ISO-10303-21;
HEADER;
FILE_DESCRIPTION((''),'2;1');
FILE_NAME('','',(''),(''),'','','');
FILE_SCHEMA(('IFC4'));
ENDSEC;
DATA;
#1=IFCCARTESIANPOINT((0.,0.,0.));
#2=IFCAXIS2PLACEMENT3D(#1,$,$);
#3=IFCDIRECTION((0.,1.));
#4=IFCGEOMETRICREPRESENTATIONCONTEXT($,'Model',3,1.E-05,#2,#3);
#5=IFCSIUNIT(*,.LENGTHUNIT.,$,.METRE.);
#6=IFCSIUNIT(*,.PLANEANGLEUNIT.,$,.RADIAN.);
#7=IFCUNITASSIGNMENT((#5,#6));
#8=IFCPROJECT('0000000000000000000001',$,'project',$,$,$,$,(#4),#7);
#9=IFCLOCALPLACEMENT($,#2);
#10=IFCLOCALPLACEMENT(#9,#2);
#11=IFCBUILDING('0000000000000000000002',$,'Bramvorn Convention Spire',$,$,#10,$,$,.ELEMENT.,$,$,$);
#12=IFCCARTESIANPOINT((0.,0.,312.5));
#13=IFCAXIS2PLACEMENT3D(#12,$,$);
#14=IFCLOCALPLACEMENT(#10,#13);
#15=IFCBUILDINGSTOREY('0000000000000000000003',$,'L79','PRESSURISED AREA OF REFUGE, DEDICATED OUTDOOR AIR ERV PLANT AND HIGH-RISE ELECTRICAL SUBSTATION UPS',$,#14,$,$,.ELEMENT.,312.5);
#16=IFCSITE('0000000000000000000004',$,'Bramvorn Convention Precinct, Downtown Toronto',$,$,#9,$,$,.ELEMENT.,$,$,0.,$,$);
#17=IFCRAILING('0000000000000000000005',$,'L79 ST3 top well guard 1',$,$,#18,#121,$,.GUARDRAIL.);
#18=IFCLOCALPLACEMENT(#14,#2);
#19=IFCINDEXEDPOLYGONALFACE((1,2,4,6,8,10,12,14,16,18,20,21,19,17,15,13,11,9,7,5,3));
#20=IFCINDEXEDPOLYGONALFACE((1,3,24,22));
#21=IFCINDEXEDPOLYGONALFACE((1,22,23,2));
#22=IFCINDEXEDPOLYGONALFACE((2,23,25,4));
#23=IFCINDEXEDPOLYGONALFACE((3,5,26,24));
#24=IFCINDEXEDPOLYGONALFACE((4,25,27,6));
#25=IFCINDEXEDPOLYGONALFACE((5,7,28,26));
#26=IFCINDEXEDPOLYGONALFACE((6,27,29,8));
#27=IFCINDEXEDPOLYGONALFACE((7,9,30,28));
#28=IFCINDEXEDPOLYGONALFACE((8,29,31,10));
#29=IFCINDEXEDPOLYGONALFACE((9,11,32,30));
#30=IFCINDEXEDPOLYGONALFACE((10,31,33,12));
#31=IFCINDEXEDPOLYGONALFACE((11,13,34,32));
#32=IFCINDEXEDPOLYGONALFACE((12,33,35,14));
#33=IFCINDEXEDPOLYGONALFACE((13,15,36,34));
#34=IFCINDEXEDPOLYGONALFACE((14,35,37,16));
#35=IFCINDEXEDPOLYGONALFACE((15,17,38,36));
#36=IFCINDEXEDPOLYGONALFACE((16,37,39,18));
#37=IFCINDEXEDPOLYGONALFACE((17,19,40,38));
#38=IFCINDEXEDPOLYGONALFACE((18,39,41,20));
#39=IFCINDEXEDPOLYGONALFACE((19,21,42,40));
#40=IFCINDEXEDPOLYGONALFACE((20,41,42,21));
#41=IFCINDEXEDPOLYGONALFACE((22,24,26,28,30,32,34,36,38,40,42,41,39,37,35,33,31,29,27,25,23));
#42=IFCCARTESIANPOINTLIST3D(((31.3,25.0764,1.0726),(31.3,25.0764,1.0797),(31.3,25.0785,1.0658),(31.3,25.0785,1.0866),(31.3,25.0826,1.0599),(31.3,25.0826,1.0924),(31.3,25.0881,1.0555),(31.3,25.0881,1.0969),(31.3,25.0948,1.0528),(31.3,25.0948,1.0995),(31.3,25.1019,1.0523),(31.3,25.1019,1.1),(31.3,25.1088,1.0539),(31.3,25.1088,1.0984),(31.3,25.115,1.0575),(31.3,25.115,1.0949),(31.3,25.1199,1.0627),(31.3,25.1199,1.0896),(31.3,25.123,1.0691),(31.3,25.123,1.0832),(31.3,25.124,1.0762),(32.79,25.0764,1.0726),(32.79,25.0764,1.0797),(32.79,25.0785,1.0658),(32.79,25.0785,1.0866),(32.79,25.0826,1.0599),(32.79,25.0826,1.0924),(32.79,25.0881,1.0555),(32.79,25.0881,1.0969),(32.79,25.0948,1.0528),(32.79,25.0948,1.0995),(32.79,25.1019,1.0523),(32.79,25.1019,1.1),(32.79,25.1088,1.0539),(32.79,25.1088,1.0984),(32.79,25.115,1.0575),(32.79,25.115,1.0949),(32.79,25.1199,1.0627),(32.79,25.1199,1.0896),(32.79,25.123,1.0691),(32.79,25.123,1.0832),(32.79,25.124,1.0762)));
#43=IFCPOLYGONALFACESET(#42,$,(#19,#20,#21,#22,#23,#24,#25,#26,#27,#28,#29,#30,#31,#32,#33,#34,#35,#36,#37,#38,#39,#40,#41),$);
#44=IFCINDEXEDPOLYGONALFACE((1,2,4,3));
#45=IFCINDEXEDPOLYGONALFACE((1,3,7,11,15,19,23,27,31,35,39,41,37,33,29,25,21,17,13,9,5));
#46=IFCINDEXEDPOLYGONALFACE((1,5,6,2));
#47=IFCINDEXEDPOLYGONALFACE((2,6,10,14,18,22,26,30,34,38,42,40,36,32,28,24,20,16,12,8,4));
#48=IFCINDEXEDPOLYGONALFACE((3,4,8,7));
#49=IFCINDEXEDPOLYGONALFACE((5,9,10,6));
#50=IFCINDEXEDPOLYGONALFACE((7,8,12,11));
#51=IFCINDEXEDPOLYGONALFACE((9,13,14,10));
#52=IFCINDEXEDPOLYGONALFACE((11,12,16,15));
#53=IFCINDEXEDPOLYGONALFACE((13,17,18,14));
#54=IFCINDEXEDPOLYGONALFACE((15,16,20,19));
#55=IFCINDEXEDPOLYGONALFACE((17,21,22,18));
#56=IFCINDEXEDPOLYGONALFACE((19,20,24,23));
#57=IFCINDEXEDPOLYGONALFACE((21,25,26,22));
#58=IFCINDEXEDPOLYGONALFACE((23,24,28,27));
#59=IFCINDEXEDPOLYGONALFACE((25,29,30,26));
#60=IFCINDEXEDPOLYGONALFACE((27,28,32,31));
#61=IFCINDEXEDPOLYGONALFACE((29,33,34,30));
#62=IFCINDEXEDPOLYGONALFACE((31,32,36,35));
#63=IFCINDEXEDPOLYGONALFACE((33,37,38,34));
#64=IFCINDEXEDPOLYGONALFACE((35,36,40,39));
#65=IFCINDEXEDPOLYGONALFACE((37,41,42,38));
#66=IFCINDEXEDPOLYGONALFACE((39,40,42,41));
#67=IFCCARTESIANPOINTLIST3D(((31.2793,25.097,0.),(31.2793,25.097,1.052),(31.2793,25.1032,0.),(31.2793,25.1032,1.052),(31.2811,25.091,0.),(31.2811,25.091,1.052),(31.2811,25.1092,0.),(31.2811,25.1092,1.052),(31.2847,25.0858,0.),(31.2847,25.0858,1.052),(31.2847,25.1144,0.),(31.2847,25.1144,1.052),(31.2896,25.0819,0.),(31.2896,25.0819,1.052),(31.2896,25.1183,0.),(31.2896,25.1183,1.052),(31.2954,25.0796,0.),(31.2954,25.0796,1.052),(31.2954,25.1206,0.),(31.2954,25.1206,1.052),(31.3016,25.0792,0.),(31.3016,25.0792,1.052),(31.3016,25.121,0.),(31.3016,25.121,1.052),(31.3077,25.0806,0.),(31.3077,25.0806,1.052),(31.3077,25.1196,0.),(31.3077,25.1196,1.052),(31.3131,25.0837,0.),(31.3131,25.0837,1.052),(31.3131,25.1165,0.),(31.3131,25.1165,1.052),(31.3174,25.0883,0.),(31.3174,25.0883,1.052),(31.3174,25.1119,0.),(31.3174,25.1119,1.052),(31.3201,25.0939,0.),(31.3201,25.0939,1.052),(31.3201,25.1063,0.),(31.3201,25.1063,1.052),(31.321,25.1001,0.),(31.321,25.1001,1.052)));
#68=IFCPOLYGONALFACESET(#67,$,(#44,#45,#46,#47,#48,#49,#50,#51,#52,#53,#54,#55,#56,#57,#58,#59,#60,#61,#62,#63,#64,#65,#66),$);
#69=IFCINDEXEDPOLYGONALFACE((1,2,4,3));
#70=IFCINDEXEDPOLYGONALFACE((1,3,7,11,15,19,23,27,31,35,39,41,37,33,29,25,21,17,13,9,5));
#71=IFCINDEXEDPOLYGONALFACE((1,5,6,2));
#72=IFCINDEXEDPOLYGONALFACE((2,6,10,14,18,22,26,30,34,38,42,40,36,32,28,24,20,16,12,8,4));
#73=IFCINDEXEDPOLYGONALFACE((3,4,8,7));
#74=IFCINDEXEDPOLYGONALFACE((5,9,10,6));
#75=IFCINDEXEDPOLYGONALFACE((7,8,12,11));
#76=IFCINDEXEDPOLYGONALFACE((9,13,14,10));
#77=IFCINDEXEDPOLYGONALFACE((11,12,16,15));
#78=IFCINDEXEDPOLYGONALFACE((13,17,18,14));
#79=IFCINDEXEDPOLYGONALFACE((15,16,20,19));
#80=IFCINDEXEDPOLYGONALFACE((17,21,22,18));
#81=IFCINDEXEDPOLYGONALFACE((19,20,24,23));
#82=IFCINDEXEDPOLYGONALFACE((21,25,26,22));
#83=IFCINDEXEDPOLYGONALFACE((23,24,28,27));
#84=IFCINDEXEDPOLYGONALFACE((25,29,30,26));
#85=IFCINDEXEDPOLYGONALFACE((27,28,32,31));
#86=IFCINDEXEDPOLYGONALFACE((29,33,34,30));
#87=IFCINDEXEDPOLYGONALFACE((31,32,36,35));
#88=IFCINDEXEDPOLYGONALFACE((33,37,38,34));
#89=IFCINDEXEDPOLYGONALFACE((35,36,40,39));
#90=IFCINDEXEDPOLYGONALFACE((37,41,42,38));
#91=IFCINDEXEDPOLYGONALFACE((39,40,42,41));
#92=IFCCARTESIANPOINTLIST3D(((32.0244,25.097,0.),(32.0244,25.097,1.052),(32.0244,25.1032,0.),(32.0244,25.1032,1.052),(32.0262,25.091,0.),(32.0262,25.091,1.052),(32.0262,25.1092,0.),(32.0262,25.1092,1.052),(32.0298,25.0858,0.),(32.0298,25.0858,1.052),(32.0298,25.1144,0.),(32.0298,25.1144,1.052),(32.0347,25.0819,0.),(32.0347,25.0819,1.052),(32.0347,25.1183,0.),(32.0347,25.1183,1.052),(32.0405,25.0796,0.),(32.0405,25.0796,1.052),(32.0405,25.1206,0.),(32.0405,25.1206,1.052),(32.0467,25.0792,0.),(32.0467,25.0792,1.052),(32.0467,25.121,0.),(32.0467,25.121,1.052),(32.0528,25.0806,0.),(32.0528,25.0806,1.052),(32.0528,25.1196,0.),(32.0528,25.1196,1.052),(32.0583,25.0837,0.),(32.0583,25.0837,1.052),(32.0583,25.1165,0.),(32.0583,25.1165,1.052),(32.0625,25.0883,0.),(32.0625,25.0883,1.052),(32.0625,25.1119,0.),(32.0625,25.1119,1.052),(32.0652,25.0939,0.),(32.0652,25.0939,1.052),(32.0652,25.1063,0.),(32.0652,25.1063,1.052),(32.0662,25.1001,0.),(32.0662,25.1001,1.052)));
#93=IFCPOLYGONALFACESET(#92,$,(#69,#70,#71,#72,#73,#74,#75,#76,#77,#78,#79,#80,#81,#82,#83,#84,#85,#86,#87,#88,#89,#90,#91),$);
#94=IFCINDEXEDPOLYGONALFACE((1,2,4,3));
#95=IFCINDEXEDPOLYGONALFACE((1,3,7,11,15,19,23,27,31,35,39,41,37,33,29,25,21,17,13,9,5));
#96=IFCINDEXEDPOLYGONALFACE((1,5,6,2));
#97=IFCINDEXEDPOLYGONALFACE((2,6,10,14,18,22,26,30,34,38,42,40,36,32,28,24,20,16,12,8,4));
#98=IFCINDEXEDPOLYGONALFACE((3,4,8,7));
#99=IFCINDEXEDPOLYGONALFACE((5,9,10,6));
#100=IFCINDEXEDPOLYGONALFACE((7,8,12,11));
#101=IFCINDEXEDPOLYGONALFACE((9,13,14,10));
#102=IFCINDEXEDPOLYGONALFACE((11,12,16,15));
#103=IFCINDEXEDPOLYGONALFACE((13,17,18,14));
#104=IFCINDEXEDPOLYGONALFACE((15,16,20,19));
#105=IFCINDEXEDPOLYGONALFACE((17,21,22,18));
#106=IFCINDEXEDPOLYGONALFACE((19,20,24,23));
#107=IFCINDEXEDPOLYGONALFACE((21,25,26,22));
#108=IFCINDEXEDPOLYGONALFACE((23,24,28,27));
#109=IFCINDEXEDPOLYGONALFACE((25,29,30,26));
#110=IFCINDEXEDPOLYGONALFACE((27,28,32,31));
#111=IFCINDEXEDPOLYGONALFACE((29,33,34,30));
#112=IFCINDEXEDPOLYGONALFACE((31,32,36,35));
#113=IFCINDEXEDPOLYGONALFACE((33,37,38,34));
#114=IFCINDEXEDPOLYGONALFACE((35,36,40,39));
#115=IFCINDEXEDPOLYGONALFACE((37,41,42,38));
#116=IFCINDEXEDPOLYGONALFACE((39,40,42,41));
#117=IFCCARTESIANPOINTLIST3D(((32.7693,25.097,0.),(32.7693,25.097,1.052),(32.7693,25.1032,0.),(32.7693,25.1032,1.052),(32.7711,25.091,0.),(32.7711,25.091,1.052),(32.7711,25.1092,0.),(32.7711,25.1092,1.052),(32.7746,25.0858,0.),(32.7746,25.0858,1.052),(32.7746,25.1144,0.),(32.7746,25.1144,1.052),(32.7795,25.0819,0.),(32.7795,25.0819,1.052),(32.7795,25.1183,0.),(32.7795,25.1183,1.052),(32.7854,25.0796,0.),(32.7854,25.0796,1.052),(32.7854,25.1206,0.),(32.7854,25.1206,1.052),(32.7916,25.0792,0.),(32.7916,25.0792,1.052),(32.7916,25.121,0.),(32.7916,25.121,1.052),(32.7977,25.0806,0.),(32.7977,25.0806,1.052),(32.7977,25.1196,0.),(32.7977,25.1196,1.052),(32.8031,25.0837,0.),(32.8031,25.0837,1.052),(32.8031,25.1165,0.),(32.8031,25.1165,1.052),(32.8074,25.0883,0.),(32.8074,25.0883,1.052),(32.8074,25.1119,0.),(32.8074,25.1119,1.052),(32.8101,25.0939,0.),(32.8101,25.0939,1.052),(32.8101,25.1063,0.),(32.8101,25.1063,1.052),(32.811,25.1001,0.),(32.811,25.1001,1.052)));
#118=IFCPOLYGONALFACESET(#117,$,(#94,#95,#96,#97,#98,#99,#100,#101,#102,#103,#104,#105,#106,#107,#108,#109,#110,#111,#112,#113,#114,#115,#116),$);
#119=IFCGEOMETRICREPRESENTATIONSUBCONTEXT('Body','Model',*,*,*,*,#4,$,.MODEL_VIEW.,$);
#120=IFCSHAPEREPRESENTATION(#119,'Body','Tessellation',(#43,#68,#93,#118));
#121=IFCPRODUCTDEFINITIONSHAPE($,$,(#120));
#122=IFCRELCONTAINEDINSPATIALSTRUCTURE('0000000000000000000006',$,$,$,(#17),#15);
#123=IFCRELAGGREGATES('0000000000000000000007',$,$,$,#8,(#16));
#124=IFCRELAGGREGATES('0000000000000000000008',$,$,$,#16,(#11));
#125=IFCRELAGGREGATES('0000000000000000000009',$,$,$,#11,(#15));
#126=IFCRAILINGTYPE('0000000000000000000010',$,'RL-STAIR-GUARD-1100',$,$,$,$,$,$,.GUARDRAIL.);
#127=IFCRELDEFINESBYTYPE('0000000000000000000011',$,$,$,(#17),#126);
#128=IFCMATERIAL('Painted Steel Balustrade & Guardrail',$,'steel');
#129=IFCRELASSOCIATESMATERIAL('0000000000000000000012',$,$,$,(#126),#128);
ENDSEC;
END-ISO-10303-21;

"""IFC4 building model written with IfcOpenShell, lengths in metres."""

from ifc_helpers import new_model, si_unit, direction, frame, origin, origin_2d, place, context, subcontext, project, spatial, circle, extrude, material, type_object, element, save


model = new_model("IFC4")

# Units and contexts
model_context = context("Model", 3, precision=1e-05, world=origin(), true_north=direction((0.0, 1.0)))
body_context = subcontext(model_context, "Body", "Model", "MODEL_VIEW")
ifc_project = project(units=[si_unit("LENGTHUNIT", "METRE"), si_unit("PLANEANGLEUNIT", "RADIAN")], contexts=[model_context])

# Site, building, storey
site_placement = place(None, origin())
site = spatial("IfcSite", under=ifc_project, at=site_placement, Name="Bramvorn Convention Precinct, Downtown Toronto", CompositionType="ELEMENT", RefElevation=0.0)
building_placement = place(site_placement, origin())
building = spatial("IfcBuilding", under=site, at=building_placement, Name="Bramvorn Convention Spire", CompositionType="ELEMENT")
storey_placement = place(building_placement, frame((0.0, 0.0, 312.5)))
storey = spatial("IfcBuildingStorey", under=building, at=storey_placement, Name="L79", Description="PRESSURISED AREA OF REFUGE, DEDICATED OUTDOOR AIR ERV PLANT AND HIGH-RISE ELECTRICAL SUBSTATION UPS", CompositionType="ELEMENT", Elevation=312.5)

# Railing
ifc_material_1 = material(Name="Painted Steel Balustrade & Guardrail", Category="steel")
railing_type = type_object("IfcRailingType", Name="RL-STAIR-GUARD-1100", PredefinedType="GUARDRAIL", material=ifc_material_1)
railing_1_placement = place(storey_placement, frame((31.3, 25.1001, 0.0)))
element("IfcRailing", 1, at=railing_1_placement, inside=storey, type_object=railing_type, Name="L79 ST3 top well guard 1", PredefinedType="GUARDRAIL", context=body_context, shape_type="SweptSolid", body=[
    extrude(circle(Radius=0.0239, at=origin_2d()), frame((0.0, 0.0, 1.0762), z_axis=(1.0, 0.0, 0.0), x_axis=(0.0, 1.0, 0.0)), (0.0, 0.0, 1.0), 1.49),
    extrude(circle(Radius=0.021, at=origin_2d()), origin(), (0.0, 0.0, 1.0), 1.052),
    extrude(circle(Radius=0.021, at=origin_2d()), frame((0.7451, 0.0, 0.0)), (0.0, 0.0, 1.0), 1.052),
    extrude(circle(Radius=0.021, at=origin_2d()), frame((1.49, 0.0, 0.0)), (0.0, 0.0, 1.0), 1.052),
])

save(model, "model.ifc")
